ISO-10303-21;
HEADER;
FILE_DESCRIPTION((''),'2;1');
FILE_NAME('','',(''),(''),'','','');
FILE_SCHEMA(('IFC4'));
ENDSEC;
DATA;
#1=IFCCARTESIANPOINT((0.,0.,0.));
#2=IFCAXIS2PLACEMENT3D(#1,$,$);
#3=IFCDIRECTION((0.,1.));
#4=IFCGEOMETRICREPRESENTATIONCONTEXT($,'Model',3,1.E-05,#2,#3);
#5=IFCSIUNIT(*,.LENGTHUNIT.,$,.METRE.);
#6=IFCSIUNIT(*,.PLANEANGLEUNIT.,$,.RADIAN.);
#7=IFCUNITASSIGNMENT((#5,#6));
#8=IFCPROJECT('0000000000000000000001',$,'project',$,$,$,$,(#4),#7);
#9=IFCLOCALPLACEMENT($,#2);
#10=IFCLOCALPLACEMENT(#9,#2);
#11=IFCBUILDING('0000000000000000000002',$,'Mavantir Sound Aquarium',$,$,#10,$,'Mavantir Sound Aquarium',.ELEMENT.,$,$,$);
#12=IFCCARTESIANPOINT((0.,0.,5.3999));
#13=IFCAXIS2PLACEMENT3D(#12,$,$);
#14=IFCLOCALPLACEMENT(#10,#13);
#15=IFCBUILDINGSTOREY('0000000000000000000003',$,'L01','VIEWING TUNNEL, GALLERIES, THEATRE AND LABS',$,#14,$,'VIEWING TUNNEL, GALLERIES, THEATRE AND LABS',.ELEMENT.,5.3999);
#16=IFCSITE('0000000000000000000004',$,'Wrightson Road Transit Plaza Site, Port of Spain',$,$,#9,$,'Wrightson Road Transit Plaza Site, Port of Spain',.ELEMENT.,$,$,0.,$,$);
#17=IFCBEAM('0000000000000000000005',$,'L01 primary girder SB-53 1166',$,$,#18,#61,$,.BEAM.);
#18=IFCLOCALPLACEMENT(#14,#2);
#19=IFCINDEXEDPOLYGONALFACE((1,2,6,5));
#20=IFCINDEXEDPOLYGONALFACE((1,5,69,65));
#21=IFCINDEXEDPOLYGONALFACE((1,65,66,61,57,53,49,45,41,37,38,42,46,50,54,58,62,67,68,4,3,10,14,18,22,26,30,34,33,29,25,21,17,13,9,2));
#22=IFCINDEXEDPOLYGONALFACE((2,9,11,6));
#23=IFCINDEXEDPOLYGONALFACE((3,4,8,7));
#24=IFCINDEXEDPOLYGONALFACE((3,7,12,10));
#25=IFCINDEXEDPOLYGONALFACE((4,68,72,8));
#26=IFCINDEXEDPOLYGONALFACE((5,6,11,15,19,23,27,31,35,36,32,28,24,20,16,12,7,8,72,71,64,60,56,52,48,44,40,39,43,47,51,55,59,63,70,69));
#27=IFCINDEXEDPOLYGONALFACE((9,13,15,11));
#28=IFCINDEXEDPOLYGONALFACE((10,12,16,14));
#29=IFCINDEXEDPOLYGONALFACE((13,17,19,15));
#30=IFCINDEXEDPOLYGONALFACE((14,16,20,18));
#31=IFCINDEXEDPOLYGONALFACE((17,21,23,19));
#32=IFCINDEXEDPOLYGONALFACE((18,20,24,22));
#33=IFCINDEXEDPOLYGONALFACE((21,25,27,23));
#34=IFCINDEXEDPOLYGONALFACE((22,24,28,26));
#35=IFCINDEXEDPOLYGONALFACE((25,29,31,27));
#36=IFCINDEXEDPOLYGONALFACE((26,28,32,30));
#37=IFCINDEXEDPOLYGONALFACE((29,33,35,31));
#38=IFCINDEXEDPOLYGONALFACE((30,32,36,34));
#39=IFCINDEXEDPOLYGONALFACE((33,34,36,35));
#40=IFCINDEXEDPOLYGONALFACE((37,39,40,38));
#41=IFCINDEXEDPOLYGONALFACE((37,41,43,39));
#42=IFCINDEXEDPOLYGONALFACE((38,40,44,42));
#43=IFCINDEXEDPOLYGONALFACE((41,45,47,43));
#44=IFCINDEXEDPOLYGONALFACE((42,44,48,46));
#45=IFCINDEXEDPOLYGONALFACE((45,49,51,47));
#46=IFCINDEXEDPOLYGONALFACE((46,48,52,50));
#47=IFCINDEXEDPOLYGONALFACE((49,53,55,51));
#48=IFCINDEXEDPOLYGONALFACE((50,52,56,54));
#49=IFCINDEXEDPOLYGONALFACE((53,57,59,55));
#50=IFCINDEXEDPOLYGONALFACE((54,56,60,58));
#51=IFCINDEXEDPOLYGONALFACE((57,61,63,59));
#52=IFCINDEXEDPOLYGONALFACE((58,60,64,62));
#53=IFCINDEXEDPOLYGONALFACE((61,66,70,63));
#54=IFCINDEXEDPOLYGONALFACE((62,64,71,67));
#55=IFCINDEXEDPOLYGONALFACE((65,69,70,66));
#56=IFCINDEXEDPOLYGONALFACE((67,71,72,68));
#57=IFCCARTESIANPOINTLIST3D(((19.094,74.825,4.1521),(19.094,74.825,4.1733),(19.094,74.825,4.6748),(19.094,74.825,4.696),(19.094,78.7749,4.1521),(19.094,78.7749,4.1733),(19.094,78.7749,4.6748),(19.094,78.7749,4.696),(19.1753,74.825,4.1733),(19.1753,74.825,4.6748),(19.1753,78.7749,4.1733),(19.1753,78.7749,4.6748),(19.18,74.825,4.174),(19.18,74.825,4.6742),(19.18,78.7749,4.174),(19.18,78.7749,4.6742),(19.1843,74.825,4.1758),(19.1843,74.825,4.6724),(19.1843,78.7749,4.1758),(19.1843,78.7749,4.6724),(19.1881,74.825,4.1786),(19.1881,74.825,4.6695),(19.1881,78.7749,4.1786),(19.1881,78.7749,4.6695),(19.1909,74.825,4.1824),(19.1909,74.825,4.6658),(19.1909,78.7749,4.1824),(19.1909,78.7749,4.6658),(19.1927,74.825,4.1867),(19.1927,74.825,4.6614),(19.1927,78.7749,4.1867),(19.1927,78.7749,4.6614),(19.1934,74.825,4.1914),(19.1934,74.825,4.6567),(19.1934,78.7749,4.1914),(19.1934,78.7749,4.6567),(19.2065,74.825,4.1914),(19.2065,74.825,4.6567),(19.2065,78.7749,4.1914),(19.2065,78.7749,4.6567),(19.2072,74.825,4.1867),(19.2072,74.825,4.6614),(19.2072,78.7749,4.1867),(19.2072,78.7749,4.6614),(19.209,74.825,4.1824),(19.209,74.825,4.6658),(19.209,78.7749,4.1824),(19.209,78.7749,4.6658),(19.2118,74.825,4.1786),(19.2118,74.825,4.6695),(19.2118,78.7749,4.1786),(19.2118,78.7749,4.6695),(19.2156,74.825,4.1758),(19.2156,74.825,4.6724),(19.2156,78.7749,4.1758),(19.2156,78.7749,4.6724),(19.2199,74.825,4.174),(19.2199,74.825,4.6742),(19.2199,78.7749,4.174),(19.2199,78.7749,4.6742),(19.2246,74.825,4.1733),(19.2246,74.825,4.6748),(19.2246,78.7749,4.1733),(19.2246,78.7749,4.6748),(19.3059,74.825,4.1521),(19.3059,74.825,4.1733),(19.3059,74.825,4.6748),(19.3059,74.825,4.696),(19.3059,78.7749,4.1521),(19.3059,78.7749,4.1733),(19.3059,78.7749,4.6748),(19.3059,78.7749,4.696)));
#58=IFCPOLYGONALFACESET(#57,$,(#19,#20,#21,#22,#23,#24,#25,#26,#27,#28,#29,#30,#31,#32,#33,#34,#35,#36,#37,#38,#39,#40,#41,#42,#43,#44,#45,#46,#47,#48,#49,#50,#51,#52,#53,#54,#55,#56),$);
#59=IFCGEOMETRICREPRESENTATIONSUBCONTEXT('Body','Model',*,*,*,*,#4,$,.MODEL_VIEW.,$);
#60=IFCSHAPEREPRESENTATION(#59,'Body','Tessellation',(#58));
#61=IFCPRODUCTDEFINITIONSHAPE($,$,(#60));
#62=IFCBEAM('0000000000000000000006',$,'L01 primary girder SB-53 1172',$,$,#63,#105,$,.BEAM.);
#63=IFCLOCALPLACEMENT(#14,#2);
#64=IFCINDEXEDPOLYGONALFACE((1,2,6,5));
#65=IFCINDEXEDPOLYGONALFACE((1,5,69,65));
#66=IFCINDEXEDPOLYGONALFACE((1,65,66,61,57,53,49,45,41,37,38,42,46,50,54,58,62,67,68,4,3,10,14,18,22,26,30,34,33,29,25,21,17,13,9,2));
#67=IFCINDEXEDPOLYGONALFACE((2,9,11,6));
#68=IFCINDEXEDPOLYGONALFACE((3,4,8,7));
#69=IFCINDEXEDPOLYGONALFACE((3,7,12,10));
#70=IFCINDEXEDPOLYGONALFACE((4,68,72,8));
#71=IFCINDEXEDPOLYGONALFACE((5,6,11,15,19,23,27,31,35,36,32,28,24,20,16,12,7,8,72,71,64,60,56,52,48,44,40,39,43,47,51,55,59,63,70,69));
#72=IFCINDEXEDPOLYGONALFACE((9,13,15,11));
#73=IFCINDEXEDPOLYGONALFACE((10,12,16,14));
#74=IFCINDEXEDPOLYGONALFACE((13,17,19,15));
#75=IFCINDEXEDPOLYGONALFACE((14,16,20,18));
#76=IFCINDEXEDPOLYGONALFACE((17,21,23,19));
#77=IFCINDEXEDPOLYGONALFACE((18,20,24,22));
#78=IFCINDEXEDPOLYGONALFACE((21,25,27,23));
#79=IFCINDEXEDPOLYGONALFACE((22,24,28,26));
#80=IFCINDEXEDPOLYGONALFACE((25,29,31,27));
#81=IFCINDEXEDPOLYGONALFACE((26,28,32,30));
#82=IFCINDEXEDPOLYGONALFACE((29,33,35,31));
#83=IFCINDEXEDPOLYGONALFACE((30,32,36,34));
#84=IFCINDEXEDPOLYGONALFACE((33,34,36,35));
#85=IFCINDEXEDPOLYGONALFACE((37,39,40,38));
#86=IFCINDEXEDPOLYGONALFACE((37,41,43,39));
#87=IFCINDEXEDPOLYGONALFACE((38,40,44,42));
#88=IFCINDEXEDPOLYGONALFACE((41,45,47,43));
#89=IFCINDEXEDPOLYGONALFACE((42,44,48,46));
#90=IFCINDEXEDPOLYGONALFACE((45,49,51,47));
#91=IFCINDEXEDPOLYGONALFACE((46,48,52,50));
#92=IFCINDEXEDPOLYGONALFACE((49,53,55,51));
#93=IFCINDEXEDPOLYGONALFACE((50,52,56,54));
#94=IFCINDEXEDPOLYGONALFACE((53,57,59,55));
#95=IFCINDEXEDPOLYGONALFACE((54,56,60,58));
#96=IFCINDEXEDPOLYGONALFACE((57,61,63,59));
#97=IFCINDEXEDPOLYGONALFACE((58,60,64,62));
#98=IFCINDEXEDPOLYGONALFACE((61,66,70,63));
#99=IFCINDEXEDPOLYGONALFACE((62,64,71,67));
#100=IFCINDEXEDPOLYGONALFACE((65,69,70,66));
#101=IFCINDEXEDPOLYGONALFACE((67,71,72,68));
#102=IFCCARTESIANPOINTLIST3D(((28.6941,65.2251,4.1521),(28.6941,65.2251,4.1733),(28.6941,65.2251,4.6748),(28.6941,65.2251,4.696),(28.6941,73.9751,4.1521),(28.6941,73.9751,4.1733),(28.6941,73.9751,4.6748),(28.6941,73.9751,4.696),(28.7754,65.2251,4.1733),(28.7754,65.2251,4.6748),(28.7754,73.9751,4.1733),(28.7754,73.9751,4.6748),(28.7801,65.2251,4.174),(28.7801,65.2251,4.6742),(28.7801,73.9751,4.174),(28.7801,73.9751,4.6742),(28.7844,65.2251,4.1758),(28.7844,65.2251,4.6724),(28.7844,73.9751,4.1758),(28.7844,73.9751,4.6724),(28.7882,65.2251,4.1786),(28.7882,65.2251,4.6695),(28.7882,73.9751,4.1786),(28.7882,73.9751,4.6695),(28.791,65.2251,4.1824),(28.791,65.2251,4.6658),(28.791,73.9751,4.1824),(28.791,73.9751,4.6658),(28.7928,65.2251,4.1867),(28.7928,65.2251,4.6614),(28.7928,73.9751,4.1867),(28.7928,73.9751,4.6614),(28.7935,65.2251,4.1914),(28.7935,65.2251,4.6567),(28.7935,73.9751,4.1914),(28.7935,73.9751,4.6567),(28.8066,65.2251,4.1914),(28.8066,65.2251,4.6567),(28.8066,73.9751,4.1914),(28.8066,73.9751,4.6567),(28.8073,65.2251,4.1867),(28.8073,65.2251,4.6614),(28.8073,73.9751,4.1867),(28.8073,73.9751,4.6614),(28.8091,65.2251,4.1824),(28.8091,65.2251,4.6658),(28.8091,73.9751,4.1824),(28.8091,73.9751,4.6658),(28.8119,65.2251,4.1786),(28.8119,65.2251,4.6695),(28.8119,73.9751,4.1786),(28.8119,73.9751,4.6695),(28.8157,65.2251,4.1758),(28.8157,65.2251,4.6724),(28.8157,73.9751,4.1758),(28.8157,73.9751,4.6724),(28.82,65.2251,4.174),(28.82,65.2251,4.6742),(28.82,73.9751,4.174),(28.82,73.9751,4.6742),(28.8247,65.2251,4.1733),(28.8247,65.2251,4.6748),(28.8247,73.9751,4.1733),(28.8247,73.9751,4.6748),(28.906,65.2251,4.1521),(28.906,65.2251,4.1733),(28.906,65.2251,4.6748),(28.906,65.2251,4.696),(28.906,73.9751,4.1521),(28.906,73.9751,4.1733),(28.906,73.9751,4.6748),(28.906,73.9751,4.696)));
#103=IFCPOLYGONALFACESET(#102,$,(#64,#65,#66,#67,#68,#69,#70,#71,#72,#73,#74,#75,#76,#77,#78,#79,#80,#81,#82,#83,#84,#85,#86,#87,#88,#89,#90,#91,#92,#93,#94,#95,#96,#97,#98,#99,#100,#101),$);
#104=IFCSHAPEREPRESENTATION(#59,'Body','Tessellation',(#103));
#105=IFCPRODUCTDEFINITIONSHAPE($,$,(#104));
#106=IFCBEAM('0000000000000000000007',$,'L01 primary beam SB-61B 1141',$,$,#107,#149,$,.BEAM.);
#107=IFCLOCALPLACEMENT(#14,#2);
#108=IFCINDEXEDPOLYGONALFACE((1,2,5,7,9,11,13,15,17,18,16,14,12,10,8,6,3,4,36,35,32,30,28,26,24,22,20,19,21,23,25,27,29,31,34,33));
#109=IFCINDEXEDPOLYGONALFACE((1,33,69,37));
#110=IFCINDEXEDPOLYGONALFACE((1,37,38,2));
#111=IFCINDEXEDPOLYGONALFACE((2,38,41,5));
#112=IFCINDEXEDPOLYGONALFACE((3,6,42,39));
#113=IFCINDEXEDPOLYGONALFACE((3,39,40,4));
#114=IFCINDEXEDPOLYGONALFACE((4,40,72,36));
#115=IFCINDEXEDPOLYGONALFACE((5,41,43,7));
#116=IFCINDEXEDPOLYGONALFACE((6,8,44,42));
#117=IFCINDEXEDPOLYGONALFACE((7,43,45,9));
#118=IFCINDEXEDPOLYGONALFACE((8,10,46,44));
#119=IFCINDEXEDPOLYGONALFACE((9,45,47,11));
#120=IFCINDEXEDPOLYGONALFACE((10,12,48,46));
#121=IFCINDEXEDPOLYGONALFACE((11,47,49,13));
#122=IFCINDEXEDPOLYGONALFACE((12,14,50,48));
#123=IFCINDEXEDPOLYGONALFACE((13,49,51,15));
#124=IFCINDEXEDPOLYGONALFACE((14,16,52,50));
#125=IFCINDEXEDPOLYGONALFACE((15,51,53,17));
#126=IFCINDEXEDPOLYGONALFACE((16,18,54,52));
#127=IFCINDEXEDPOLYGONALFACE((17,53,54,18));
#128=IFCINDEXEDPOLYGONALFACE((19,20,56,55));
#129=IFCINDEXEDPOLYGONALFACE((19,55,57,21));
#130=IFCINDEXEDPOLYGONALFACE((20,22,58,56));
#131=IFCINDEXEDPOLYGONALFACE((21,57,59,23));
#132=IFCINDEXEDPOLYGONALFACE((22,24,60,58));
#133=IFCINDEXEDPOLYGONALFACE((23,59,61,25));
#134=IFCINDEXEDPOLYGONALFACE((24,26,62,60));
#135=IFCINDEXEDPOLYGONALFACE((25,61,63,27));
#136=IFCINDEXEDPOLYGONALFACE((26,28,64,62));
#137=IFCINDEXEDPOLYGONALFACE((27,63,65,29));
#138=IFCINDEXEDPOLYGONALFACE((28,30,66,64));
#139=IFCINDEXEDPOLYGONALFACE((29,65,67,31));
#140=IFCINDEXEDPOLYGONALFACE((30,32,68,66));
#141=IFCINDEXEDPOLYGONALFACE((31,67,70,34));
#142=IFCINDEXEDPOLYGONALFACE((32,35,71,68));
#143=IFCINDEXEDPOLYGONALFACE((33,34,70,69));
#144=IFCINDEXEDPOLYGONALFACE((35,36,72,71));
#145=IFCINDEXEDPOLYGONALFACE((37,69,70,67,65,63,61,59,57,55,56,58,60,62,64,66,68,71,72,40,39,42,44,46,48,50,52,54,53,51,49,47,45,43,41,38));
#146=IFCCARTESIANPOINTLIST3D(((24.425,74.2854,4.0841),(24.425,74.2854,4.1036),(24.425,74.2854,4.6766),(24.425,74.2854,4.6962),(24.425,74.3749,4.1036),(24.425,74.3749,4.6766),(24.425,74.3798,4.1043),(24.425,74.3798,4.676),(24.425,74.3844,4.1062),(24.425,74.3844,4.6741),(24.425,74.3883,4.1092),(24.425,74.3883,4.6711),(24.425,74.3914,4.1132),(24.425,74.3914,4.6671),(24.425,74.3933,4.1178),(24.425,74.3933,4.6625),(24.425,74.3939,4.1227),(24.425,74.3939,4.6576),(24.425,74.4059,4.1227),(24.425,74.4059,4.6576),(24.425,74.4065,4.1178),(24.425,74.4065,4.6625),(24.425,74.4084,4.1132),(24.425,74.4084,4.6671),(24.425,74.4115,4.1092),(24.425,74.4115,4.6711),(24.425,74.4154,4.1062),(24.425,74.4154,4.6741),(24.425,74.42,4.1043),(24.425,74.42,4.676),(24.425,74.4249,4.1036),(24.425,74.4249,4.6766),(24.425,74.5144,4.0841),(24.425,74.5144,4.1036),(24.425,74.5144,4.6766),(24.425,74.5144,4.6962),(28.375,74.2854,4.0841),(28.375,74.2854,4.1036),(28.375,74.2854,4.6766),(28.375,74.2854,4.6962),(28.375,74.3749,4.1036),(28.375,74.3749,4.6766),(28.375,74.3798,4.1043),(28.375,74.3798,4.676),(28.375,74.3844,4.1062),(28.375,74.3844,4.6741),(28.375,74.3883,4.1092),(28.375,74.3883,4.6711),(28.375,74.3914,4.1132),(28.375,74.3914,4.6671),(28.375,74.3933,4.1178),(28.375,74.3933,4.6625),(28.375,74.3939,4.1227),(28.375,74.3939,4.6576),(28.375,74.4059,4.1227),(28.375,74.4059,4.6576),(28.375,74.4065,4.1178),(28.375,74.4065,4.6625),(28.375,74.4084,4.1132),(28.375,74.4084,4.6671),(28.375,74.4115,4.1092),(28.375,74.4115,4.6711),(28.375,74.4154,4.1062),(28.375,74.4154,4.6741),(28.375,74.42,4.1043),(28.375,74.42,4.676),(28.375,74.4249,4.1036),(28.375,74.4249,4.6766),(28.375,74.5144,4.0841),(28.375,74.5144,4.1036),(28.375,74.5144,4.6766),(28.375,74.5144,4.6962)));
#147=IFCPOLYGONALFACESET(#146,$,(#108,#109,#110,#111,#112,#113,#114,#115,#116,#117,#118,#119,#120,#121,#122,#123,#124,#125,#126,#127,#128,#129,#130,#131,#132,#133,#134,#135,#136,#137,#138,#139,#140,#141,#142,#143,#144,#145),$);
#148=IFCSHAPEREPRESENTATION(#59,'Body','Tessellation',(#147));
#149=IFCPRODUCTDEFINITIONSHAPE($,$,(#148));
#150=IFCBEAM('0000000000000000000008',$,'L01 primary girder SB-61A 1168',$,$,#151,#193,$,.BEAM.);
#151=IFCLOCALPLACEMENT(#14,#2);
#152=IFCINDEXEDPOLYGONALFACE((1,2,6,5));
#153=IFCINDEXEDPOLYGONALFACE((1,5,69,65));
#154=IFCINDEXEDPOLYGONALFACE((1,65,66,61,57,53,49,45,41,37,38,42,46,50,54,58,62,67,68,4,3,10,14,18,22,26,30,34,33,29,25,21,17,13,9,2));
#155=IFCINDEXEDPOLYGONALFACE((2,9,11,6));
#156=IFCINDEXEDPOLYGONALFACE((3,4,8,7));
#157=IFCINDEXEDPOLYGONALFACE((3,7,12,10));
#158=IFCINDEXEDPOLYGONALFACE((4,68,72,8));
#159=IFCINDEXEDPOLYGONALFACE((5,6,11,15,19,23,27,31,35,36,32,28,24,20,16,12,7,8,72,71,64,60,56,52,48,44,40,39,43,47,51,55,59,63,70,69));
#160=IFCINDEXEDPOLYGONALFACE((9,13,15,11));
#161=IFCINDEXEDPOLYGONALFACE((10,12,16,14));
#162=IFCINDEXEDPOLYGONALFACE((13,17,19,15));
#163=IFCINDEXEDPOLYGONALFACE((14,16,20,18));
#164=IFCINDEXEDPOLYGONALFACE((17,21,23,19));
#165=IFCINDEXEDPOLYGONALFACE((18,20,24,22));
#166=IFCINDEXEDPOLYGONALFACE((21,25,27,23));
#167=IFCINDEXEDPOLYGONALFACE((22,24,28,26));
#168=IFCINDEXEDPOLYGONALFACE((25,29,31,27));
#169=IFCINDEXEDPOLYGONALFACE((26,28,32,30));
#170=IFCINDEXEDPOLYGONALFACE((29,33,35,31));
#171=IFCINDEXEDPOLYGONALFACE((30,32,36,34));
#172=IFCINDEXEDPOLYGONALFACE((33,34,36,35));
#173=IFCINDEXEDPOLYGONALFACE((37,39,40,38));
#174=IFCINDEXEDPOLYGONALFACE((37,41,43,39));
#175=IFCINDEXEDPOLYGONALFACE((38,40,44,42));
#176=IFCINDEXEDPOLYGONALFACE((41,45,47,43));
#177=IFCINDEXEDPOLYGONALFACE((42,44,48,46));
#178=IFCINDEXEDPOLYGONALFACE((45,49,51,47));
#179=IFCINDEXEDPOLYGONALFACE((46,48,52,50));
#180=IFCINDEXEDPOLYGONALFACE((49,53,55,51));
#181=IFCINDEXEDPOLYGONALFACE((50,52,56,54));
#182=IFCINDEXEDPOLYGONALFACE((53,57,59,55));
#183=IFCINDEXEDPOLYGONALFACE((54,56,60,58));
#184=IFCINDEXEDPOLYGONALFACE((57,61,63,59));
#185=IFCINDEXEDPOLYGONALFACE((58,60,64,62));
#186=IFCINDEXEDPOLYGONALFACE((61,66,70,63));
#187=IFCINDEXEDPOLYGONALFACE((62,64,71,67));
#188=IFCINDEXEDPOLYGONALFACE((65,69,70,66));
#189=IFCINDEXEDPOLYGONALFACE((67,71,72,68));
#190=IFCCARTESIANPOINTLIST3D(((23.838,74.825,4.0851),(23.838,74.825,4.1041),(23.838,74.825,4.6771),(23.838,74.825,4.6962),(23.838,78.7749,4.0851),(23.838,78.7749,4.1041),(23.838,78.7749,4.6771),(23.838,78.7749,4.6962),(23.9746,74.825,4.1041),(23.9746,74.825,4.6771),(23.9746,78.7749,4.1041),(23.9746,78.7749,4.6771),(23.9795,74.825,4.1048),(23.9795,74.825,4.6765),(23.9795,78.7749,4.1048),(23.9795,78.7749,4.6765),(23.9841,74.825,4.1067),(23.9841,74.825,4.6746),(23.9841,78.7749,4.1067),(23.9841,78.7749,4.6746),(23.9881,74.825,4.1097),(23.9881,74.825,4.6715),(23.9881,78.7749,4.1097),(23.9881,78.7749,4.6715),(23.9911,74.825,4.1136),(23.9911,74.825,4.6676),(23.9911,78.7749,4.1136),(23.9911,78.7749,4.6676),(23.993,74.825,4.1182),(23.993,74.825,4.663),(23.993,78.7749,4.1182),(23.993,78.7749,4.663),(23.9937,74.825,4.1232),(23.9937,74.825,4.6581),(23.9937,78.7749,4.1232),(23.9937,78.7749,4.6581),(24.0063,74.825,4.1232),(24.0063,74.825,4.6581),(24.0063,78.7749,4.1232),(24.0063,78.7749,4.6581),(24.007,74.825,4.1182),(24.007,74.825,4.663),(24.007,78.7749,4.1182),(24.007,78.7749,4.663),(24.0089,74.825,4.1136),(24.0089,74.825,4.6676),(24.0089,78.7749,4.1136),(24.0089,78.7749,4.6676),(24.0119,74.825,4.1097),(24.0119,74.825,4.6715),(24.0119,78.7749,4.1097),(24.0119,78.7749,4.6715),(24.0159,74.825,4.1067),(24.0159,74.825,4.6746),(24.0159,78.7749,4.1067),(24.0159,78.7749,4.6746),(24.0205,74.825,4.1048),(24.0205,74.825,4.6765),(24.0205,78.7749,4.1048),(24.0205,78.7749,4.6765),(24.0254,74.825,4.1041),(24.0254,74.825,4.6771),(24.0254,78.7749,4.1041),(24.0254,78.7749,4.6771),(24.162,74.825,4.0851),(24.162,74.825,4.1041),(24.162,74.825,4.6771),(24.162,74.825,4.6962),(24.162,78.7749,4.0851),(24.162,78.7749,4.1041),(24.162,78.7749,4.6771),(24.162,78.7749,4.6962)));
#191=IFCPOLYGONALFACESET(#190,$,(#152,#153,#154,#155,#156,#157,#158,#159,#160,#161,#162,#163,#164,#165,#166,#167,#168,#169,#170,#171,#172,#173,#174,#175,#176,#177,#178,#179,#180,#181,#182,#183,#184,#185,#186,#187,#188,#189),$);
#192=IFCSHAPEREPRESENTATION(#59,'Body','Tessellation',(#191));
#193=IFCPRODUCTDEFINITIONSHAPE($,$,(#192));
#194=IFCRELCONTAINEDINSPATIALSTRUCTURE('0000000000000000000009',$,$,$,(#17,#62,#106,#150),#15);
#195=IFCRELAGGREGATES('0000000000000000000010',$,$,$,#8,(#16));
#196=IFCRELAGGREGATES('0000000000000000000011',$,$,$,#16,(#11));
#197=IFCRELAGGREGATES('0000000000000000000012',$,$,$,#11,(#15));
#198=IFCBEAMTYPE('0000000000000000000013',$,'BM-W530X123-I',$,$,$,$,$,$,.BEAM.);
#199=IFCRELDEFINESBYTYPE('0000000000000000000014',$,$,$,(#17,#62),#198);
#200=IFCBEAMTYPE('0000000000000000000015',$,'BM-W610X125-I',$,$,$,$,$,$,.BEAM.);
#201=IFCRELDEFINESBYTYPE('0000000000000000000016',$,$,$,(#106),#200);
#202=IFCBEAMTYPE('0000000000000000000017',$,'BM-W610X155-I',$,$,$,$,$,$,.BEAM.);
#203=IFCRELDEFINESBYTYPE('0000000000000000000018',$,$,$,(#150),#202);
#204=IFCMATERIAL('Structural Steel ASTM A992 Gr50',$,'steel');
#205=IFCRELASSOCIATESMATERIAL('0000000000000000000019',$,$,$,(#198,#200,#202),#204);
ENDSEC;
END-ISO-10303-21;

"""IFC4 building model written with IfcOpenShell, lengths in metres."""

from ifc_helpers import new_model, si_unit, direction, frame, origin, origin_2d, place, context, subcontext, project, spatial, i_section, extrude, material, material_profile, profile_set, type_object, element, save


model = new_model("IFC4")

# Units and contexts
model_context = context("Model", 3, precision=1e-05, world=origin(), true_north=direction((0.0, 1.0)))
body_context = subcontext(model_context, "Body", "Model", "MODEL_VIEW")
ifc_project = project(units=[si_unit("LENGTHUNIT", "METRE"), si_unit("PLANEANGLEUNIT", "RADIAN")], contexts=[model_context])

# Site, building, storey
site_placement = place(None, origin())
site = spatial("IfcSite", under=ifc_project, at=site_placement, Name="Wrightson Road Transit Plaza Site, Port of Spain", LongName="Wrightson Road Transit Plaza Site, Port of Spain", CompositionType="ELEMENT", RefElevation=0.0)
building_placement = place(site_placement, origin())
building = spatial("IfcBuilding", under=site, at=building_placement, Name="Mavantir Sound Aquarium", LongName="Mavantir Sound Aquarium", CompositionType="ELEMENT")
storey_placement = place(building_placement, frame((0.0, 0.0, 5.3999)))
storey = spatial("IfcBuildingStorey", under=building, at=storey_placement, Name="L01", Description="VIEWING TUNNEL, GALLERIES, THEATRE AND LABS", LongName="VIEWING TUNNEL, GALLERIES, THEATRE AND LABS", CompositionType="ELEMENT", Elevation=5.3999)

# Beams
ifc_material_1 = material(Name="Structural Steel ASTM A992 Gr50", Category="steel")
ifc_material_profile_1 = material_profile(ifc_material_1, i_section(OverallWidth=0.2119, OverallDepth=0.5439, WebThickness=0.0132, FlangeThickness=0.0212, FilletRadius=0.0181, at=origin_2d()), Name="W530X123")
ifc_profile_set_1 = profile_set([ifc_material_profile_1], Name="Structural Steel ASTM A992 Gr50")
beam_type_1 = type_object("IfcBeamType", Name="BM-W530X123-I", PredefinedType="BEAM", material=ifc_profile_set_1)
beam_1_placement = place(storey_placement, frame((19.2, 74.825, 4.4241), z_axis=(0.0, 1.0, 0.0), x_axis=(-1.0, 0.0, 0.0)))
element("IfcBeam", 1, at=beam_1_placement, inside=storey, type_object=beam_type_1, Name="L01 primary girder SB-53 1166", PredefinedType="BEAM", context=body_context, shape_type="SweptSolid", body=[
    extrude(i_section(OverallWidth=0.2119, OverallDepth=0.5439, WebThickness=0.0132, FlangeThickness=0.0212, FilletRadius=0.0181, at=origin_2d()), origin(), (0.0, 0.0, 1.0), 3.95),
])
beam_2_placement = place(storey_placement, frame((28.8, 65.2251, 4.4241), z_axis=(0.0, 1.0, 0.0), x_axis=(-1.0, 0.0, 0.0)))
element("IfcBeam", 2, at=beam_2_placement, inside=storey, type_object=beam_type_1, Name="L01 primary girder SB-53 1172", PredefinedType="BEAM", context=body_context, shape_type="SweptSolid", body=[
    extrude(i_section(OverallWidth=0.2119, OverallDepth=0.5439, WebThickness=0.0132, FlangeThickness=0.0212, FilletRadius=0.0181, at=origin_2d()), origin(), (0.0, 0.0, 1.0), 8.75),
])
ifc_material_profile_2 = material_profile(ifc_material_1, i_section(OverallWidth=0.229, OverallDepth=0.6121, WebThickness=0.012, FlangeThickness=0.0195, FilletRadius=0.019, at=origin_2d()), Name="W610X125")
ifc_profile_set_2 = profile_set([ifc_material_profile_2], Name="Structural Steel ASTM A992 Gr50")
beam_type_2 = type_object("IfcBeamType", Name="BM-W610X125-I", PredefinedType="BEAM", material=ifc_profile_set_2)
beam_3_placement = place(storey_placement, frame((24.425, 74.3999, 4.3901), z_axis=(1.0, 0.0, 0.0), x_axis=(0.0, 1.0, 0.0)))
element("IfcBeam", 3, at=beam_3_placement, inside=storey, type_object=beam_type_2, Name="L01 primary beam SB-61B 1141", PredefinedType="BEAM", context=body_context, shape_type="SweptSolid", body=[
    extrude(i_section(OverallWidth=0.229, OverallDepth=0.6121, WebThickness=0.012, FlangeThickness=0.0195, FilletRadius=0.019, at=origin_2d()), origin(), (0.0, 0.0, 1.0), 3.95),
])
ifc_material_profile_3 = material_profile(ifc_material_1, i_section(OverallWidth=0.324, OverallDepth=0.6111, WebThickness=0.0127, FlangeThickness=0.019, FilletRadius=0.019, at=origin_2d()), Name="W610X155")
ifc_profile_set_3 = profile_set([ifc_material_profile_3], Name="Structural Steel ASTM A992 Gr50")
beam_type_3 = type_object("IfcBeamType", Name="BM-W610X155-I", PredefinedType="BEAM", material=ifc_profile_set_3)
beam_4_placement = place(storey_placement, frame((24.0, 74.825, 4.3906), z_axis=(0.0, 1.0, 0.0), x_axis=(-1.0, 0.0, 0.0)))
element("IfcBeam", 4, at=beam_4_placement, inside=storey, type_object=beam_type_3, Name="L01 primary girder SB-61A 1168", PredefinedType="BEAM", context=body_context, shape_type="SweptSolid", body=[
    extrude(i_section(OverallWidth=0.324, OverallDepth=0.6111, WebThickness=0.0127, FlangeThickness=0.019, FilletRadius=0.019, at=origin_2d()), origin(), (0.0, 0.0, 1.0), 3.95),
])

save(model, "model.ifc")
